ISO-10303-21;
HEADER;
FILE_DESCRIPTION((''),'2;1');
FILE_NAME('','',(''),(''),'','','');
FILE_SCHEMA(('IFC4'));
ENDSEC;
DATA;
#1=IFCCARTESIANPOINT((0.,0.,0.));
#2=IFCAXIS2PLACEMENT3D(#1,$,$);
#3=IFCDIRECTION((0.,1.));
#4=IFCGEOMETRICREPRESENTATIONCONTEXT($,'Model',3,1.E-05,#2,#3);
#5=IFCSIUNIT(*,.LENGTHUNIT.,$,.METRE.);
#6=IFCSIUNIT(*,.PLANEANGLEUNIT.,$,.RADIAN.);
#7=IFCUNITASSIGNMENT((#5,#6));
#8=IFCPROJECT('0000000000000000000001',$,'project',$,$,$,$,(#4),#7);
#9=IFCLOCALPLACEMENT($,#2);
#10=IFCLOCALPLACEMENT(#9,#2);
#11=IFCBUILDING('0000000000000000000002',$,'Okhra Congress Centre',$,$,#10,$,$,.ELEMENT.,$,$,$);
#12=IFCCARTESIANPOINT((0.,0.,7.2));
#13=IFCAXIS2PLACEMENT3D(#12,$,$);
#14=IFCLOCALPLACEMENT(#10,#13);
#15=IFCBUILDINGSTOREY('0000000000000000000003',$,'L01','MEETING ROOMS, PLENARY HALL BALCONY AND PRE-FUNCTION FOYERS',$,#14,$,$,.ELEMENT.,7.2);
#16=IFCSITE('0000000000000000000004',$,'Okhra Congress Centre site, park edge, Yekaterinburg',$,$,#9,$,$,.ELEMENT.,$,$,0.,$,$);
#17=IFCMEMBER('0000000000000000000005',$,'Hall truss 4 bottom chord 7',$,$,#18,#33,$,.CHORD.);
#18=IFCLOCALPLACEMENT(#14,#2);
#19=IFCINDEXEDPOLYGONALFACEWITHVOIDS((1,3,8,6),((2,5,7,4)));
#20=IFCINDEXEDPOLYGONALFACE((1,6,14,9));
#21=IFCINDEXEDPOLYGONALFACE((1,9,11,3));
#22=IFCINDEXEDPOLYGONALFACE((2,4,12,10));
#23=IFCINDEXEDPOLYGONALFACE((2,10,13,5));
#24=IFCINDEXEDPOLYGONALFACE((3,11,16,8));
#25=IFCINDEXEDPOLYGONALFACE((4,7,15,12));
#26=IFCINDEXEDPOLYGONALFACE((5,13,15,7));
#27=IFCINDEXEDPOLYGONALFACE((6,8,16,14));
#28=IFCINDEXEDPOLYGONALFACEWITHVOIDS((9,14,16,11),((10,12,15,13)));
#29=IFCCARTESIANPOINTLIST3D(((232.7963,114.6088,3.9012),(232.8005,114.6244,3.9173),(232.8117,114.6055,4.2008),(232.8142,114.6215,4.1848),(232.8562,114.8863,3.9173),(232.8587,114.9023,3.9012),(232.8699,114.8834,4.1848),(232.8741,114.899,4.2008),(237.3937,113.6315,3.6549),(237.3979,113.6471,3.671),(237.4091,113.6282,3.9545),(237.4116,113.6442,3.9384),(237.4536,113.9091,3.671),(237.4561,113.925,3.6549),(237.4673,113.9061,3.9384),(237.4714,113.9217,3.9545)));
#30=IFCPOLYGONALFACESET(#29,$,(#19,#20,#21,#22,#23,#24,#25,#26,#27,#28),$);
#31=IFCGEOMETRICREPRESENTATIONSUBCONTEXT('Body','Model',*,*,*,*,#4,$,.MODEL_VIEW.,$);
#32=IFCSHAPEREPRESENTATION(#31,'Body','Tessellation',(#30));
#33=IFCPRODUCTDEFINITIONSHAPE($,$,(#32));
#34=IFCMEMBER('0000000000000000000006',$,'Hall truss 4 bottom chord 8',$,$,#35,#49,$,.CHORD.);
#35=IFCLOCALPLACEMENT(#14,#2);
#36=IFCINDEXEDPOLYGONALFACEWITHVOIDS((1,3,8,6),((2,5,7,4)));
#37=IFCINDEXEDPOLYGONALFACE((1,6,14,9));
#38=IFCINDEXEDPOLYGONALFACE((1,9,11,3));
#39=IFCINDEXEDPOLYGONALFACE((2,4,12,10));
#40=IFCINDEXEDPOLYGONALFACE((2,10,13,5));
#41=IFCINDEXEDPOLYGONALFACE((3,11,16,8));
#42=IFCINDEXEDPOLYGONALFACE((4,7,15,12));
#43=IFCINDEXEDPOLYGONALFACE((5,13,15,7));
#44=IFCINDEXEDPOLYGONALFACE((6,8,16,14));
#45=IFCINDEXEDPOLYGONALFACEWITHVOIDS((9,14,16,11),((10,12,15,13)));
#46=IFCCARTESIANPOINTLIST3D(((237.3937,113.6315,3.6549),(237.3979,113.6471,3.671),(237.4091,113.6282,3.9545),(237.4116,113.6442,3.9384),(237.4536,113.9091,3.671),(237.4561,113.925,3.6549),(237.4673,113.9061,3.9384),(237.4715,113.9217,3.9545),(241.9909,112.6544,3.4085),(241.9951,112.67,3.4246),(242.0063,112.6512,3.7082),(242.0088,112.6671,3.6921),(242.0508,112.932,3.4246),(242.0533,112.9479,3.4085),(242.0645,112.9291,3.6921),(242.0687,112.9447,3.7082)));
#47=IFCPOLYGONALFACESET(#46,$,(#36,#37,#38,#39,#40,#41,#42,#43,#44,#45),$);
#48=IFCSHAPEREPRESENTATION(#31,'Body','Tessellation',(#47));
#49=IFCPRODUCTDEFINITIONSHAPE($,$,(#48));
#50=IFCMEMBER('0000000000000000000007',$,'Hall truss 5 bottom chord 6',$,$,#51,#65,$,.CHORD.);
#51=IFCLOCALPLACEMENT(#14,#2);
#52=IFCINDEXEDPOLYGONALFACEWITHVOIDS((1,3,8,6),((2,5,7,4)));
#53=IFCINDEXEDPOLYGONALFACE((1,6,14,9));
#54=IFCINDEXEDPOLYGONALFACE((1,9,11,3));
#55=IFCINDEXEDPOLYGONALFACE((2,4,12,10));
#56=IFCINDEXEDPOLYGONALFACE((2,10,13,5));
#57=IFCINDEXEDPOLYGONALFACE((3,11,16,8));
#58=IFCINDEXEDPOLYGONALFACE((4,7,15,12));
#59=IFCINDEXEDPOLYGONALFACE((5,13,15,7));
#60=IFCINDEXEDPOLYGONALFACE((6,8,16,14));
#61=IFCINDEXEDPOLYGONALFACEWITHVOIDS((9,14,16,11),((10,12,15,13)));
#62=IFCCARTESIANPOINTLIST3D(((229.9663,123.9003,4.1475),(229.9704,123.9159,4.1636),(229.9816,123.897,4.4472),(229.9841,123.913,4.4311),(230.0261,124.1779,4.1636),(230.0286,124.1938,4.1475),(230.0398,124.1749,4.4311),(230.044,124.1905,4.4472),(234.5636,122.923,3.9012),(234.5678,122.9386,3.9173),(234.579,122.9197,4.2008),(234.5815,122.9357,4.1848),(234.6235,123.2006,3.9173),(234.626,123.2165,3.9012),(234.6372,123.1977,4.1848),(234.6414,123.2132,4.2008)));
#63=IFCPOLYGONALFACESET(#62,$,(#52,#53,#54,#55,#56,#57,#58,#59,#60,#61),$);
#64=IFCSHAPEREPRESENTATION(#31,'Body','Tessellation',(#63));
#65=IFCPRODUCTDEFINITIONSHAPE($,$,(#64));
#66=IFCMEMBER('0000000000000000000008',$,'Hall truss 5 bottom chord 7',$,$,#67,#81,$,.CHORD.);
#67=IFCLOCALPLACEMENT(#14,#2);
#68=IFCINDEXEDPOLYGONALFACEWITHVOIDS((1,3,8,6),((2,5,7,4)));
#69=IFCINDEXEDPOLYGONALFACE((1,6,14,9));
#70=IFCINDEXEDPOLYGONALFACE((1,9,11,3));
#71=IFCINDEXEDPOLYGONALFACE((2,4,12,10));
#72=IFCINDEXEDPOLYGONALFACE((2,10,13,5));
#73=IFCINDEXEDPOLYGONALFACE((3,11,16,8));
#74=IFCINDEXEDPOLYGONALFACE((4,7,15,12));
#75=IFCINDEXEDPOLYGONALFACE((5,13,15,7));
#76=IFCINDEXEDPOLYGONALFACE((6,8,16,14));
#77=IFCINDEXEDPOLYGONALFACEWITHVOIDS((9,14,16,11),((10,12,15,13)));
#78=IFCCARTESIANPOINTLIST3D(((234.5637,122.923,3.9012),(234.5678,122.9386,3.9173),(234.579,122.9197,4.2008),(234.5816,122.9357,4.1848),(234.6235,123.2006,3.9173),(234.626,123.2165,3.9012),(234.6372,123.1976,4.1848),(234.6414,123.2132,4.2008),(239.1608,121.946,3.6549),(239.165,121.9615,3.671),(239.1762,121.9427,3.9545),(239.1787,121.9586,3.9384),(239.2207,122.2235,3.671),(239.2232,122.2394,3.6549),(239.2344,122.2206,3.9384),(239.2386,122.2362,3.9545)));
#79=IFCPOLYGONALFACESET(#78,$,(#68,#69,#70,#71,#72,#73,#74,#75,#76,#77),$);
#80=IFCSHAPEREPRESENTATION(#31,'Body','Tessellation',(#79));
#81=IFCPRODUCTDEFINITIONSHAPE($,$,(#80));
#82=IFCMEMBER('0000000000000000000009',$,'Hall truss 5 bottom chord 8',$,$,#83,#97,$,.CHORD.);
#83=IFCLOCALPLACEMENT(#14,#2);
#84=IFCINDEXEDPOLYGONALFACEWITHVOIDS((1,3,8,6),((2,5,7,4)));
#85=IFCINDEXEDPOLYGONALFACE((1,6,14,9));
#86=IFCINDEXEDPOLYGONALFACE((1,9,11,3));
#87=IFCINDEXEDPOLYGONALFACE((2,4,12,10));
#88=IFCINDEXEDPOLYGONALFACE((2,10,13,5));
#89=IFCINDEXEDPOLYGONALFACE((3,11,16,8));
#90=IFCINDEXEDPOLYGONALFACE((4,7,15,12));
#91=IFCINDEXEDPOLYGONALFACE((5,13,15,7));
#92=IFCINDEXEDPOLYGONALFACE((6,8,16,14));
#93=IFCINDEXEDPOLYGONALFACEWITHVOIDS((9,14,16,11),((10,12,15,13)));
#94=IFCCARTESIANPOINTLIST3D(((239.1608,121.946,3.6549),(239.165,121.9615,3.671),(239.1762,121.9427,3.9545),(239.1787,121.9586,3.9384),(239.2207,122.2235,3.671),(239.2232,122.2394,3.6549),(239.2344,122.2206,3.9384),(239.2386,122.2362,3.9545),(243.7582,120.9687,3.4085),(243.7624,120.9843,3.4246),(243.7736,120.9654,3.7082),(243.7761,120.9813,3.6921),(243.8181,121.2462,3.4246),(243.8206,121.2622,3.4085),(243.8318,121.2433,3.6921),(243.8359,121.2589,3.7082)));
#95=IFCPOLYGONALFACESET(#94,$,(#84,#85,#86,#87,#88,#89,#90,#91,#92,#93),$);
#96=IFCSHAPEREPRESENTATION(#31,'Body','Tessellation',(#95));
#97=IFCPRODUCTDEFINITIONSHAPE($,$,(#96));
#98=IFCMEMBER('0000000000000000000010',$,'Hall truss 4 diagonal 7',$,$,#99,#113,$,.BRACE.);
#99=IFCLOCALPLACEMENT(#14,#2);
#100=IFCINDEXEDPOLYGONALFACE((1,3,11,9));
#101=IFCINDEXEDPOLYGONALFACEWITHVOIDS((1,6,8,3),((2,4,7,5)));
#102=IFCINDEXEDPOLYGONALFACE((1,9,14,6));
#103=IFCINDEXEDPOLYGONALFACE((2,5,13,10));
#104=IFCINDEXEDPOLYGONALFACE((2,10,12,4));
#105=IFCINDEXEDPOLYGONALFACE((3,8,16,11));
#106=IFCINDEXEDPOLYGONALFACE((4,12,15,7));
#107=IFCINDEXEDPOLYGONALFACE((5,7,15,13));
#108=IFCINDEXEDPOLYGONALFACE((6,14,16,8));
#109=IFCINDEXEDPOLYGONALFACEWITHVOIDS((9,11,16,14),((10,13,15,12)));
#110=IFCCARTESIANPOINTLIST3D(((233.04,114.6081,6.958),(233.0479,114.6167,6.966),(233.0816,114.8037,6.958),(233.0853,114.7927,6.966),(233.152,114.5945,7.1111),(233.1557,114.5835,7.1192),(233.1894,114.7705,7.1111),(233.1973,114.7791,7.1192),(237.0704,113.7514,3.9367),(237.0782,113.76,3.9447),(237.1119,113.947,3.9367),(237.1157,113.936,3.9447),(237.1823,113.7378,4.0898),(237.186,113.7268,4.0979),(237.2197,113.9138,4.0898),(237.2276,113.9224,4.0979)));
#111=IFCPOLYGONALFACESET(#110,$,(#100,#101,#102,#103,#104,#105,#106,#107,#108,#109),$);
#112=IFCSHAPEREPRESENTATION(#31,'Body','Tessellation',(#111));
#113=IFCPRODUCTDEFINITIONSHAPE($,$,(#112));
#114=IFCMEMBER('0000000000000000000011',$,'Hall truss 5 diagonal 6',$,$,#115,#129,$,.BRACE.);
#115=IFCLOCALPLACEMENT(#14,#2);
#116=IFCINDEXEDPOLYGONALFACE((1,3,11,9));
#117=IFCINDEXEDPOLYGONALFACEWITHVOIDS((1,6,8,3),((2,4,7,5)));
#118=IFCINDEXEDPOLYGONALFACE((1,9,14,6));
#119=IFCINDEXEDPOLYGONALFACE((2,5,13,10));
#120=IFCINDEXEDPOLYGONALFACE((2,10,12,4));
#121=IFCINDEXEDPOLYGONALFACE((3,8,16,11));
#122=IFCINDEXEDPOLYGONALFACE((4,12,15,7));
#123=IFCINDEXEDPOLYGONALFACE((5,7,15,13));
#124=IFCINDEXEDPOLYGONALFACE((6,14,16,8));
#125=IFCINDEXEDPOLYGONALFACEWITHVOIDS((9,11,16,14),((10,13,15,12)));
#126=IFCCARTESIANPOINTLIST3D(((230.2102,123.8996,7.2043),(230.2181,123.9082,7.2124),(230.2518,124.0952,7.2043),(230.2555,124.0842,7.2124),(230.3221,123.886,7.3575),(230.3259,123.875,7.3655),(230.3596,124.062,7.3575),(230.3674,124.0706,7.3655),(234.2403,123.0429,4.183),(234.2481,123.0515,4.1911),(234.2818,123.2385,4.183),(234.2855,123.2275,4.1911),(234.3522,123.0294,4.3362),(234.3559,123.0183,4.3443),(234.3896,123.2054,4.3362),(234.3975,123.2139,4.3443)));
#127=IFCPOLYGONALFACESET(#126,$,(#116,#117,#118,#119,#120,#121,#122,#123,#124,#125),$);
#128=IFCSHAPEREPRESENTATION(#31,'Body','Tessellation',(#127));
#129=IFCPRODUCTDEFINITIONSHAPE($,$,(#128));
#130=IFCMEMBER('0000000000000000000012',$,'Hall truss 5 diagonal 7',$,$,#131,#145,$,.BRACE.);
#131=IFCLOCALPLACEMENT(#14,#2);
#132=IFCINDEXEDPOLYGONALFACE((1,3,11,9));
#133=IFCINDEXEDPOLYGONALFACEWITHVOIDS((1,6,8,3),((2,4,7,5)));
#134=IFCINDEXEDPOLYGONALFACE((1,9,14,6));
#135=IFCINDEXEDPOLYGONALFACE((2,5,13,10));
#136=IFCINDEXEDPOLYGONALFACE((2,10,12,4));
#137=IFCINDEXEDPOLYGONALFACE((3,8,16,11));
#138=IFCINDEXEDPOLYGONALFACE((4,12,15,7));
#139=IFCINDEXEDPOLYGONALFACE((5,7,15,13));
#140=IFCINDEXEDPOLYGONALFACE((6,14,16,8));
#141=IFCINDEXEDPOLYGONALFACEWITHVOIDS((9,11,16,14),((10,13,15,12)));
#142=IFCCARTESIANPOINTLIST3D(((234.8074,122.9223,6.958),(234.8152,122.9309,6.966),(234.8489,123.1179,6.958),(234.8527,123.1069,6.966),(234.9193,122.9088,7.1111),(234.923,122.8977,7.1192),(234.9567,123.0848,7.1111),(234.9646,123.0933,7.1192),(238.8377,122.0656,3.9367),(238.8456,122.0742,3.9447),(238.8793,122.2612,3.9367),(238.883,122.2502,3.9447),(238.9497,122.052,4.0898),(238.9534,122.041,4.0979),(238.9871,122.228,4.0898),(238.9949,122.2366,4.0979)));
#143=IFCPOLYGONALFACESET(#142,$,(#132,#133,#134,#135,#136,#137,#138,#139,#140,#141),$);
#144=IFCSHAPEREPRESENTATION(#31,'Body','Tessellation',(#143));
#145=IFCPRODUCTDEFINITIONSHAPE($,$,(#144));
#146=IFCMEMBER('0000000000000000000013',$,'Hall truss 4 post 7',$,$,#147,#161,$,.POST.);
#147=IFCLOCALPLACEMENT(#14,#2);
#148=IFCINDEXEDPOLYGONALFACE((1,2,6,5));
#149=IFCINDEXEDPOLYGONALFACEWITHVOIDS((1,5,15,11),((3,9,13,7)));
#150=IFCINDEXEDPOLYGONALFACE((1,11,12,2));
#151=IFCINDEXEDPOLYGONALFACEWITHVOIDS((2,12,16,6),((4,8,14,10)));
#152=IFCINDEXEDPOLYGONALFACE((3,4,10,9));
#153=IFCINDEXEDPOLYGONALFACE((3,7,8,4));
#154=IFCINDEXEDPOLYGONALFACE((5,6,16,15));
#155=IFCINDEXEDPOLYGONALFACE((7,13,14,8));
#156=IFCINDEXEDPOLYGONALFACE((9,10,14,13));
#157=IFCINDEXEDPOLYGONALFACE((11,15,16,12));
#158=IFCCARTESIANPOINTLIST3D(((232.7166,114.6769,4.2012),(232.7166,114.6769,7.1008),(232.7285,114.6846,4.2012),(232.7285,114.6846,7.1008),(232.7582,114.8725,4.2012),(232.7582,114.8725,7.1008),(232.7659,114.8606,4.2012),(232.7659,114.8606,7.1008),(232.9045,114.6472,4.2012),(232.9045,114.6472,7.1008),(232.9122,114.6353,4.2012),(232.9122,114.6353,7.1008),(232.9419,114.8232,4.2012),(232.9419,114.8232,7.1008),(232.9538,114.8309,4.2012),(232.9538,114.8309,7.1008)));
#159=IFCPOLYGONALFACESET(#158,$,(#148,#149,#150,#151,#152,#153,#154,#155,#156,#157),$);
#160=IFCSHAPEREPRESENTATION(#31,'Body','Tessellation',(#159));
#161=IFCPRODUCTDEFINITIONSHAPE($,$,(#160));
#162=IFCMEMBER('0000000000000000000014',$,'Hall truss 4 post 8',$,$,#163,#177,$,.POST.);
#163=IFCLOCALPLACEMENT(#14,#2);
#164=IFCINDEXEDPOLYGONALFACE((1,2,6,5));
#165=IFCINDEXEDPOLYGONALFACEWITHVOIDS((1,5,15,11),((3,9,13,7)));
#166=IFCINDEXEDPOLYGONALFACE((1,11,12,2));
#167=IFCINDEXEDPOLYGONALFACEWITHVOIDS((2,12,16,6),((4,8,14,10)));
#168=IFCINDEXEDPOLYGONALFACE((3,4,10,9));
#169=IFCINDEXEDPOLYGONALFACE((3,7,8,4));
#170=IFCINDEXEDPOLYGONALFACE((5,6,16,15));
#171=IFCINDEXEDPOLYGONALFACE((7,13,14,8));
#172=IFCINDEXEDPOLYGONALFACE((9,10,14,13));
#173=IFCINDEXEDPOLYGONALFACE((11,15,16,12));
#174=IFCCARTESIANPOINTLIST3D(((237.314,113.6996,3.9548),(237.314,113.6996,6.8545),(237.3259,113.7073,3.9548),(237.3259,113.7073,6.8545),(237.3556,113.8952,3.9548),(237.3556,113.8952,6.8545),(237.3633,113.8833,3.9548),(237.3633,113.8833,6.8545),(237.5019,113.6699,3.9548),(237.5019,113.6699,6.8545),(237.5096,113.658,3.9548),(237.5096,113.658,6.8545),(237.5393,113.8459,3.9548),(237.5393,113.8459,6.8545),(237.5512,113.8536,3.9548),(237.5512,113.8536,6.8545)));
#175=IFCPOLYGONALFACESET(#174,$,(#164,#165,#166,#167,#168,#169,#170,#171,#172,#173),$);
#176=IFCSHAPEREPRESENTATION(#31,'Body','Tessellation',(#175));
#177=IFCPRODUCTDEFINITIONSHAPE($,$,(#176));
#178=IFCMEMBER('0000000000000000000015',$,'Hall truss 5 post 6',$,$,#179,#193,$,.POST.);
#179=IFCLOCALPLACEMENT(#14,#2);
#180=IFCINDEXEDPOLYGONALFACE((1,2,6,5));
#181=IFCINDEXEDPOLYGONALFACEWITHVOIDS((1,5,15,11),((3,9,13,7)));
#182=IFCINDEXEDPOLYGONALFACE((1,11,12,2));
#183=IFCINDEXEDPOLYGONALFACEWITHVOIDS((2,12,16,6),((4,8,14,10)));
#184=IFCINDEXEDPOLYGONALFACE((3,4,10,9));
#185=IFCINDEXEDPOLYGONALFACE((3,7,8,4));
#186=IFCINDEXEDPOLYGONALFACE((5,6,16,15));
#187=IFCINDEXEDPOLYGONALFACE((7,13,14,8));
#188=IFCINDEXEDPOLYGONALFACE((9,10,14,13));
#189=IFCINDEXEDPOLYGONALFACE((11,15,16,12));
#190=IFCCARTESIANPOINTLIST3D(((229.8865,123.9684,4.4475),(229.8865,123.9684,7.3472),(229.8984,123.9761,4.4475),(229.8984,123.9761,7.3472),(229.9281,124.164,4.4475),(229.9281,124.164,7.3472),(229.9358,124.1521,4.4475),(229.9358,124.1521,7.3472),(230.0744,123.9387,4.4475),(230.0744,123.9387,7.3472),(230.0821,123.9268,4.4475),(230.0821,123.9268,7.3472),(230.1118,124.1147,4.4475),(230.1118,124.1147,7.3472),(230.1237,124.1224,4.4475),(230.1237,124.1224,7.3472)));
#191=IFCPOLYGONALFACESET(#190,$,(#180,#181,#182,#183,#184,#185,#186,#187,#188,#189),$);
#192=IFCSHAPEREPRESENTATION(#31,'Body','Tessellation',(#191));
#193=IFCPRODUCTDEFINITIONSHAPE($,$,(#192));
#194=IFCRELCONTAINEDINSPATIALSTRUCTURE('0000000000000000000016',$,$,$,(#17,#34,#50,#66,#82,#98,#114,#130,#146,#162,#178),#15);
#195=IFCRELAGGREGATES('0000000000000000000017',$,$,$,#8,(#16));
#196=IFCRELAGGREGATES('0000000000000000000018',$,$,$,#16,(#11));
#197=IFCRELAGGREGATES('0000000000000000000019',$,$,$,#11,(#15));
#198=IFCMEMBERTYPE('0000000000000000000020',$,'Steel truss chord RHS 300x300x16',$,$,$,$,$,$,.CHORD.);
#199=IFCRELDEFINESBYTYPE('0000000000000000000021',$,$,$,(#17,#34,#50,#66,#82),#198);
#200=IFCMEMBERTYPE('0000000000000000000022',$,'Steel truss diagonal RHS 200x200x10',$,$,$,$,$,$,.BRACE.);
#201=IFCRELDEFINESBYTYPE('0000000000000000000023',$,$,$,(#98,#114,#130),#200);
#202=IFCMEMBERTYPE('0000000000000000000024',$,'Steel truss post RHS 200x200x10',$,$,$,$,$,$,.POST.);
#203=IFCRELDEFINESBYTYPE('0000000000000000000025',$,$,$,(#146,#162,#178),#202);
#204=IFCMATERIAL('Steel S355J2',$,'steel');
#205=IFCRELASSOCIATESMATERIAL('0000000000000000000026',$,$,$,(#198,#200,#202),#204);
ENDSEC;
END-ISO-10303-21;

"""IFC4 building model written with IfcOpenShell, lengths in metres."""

from ifc_helpers import new_model, si_unit, direction, frame, origin, origin_2d, place, context, subcontext, project, spatial, hollow_rectangle, extrude, material, material_profile, profile_set, type_object, element, save


model = new_model("IFC4")

# Units and contexts
model_context = context("Model", 3, precision=1e-05, world=origin(), true_north=direction((0.0, 1.0)))
body_context = subcontext(model_context, "Body", "Model", "MODEL_VIEW")
ifc_project = project(units=[si_unit("LENGTHUNIT", "METRE"), si_unit("PLANEANGLEUNIT", "RADIAN")], contexts=[model_context])

# Site, building, storey
site_placement = place(None, origin())
site = spatial("IfcSite", under=ifc_project, at=site_placement, Name="Okhra Congress Centre site, park edge, Yekaterinburg", CompositionType="ELEMENT", RefElevation=0.0)
building_placement = place(site_placement, origin())
building = spatial("IfcBuilding", under=site, at=building_placement, Name="Okhra Congress Centre", CompositionType="ELEMENT")
storey_placement = place(building_placement, frame((0.0, 0.0, 7.2)))
storey = spatial("IfcBuildingStorey", under=building, at=storey_placement, Name="L01", Description="MEETING ROOMS, PLENARY HALL BALCONY AND PRE-FUNCTION FOYERS", CompositionType="ELEMENT", Elevation=7.2)

# Members
ifc_material = material(Name="Steel S355J2", Category="steel")
ifc_material_profile_1 = material_profile(ifc_material, hollow_rectangle(XDim=0.3, YDim=0.3, WallThickness=0.0161, at=origin_2d()), Name="RHS 300x300x16")
ifc_profile_set_1 = profile_set([ifc_material_profile_1], Name="Steel S355J2")
member_type_1 = type_object("IfcMemberType", Name="Steel truss chord RHS 300x300x16", PredefinedType="CHORD", material=ifc_profile_set_1)
member_1_placement = place(storey_placement, frame((232.8352, 114.7539, 4.051), z_axis=(0.976803, -0.207644, -0.052339), x_axis=(0.207929, 0.978144, 0.0)))
element("IfcMember", 1, at=member_1_placement, inside=storey, type_object=member_type_1, Name="Hall truss 4 bottom chord 7", PredefinedType="CHORD", context=body_context, shape_type="SweptSolid", body=[
    extrude(hollow_rectangle(XDim=0.3, YDim=0.3, WallThickness=0.0161, at=origin_2d()), origin(), (0.0, 0.0, 1.0), 4.7065),
])
member_2_placement = place(storey_placement, frame((237.4326, 113.7766, 3.8047), z_axis=(0.976811, -0.207605, -0.052342), x_axis=(0.20789, 0.978152, 0.0)))
element("IfcMember", 2, at=member_2_placement, inside=storey, type_object=member_type_1, Name="Hall truss 4 bottom chord 8", PredefinedType="CHORD", context=body_context, shape_type="SweptSolid", body=[
    extrude(hollow_rectangle(XDim=0.3, YDim=0.3, WallThickness=0.0161, at=origin_2d()), origin(), (0.0, 0.0, 1.0), 4.7063),
])
member_3_placement = place(storey_placement, frame((230.0051, 124.0454, 4.2974), z_axis=(0.976803, -0.207644, -0.052339), x_axis=(0.207929, 0.978144, 0.0)))
element("IfcMember", 3, at=member_3_placement, inside=storey, type_object=member_type_1, Name="Hall truss 5 bottom chord 6", PredefinedType="CHORD", context=body_context, shape_type="SweptSolid", body=[
    extrude(hollow_rectangle(XDim=0.3, YDim=0.3, WallThickness=0.0161, at=origin_2d()), origin(), (0.0, 0.0, 1.0), 4.7065),
])
member_4_placement = place(storey_placement, frame((234.6025, 123.0681, 4.051), z_axis=(0.976811, -0.207605, -0.052342), x_axis=(0.20789, 0.978152, 0.0)))
element("IfcMember", 4, at=member_4_placement, inside=storey, type_object=member_type_1, Name="Hall truss 5 bottom chord 7", PredefinedType="CHORD", context=body_context, shape_type="SweptSolid", body=[
    extrude(hollow_rectangle(XDim=0.3, YDim=0.3, WallThickness=0.0161, at=origin_2d()), origin(), (0.0, 0.0, 1.0), 4.7063),
])
member_5_placement = place(storey_placement, frame((239.1997, 122.0911, 3.8047), z_axis=(0.976803, -0.207644, -0.052339), x_axis=(0.207929, 0.978144, 0.0)))
element("IfcMember", 5, at=member_5_placement, inside=storey, type_object=member_type_1, Name="Hall truss 5 bottom chord 8", PredefinedType="CHORD", context=body_context, shape_type="SweptSolid", body=[
    extrude(hollow_rectangle(XDim=0.3, YDim=0.3, WallThickness=0.0161, at=origin_2d()), origin(), (0.0, 0.0, 1.0), 4.7065),
])
ifc_material_profile_2 = material_profile(ifc_material, hollow_rectangle(XDim=0.2, YDim=0.2, WallThickness=0.01, at=origin_2d()), Name="RHS 200x200x10 diagonal")
ifc_profile_set_2 = profile_set([ifc_material_profile_2], Name="Steel S355J2")
member_type_2 = type_object("IfcMemberType", Name="Steel truss diagonal RHS 200x200x10", PredefinedType="BRACE", material=ifc_profile_set_2)
member_6_placement = place(storey_placement, frame((233.1187, 114.6936, 7.0386), z_axis=(0.788812, -0.167673, -0.591322), x_axis=(0.207918, 0.978146, 0.0)))
element("IfcMember", 6, at=member_6_placement, inside=storey, type_object=member_type_2, Name="Hall truss 4 diagonal 7", PredefinedType="BRACE", context=body_context, shape_type="SweptSolid", body=[
    extrude(hollow_rectangle(XDim=0.2, YDim=0.2, WallThickness=0.01, at=origin_2d()), origin(), (0.0, 0.0, 1.0), 5.1094),
])
member_7_placement = place(storey_placement, frame((230.2888, 123.9851, 7.2849), z_axis=(0.788794, -0.167679, -0.591344), x_axis=(0.20793, 0.978144, 0.0)))
element("IfcMember", 7, at=member_7_placement, inside=storey, type_object=member_type_2, Name="Hall truss 5 diagonal 6", PredefinedType="BRACE", context=body_context, shape_type="SweptSolid", body=[
    extrude(hollow_rectangle(XDim=0.2, YDim=0.2, WallThickness=0.01, at=origin_2d()), origin(), (0.0, 0.0, 1.0), 5.1091),
])
member_8_placement = place(storey_placement, frame((234.886, 123.0078, 7.0386), z_axis=(0.788812, -0.167673, -0.591322), x_axis=(0.207918, 0.978146, 0.0)))
element("IfcMember", 8, at=member_8_placement, inside=storey, type_object=member_type_2, Name="Hall truss 5 diagonal 7", PredefinedType="BRACE", context=body_context, shape_type="SweptSolid", body=[
    extrude(hollow_rectangle(XDim=0.2, YDim=0.2, WallThickness=0.01, at=origin_2d()), origin(), (0.0, 0.0, 1.0), 5.1094),
])
ifc_material_profile_3 = material_profile(ifc_material, hollow_rectangle(XDim=0.2, YDim=0.2, WallThickness=0.01, at=origin_2d()), Name="RHS 200x200x10")
ifc_profile_set_3 = profile_set([ifc_material_profile_3], Name="Steel S355J2")
member_type_3 = type_object("IfcMemberType", Name="Steel truss post RHS 200x200x10", PredefinedType="POST", material=ifc_profile_set_3)
for number, where, z_axis, x_axis, name in (
    (9, (232.8352, 114.7539, 4.2012), (0.0, 0.0, 1.0), (0.978148, -0.207912, 0.0), "Hall truss 4 post 7"),
    (10, (237.4326, 113.7766, 3.9548), (0.0, 0.0, 1.0), (0.978148, -0.207912, 0.0), "Hall truss 4 post 8"),
    (11, (230.0051, 124.0454, 4.4475), (0.0, 0.0, 1.0), (0.978148, -0.207912, 0.0), "Hall truss 5 post 6"),
):
    element("IfcMember", number, at=place(storey_placement, frame(where, z_axis=z_axis, x_axis=x_axis)), inside=storey, type_object=member_type_3, Name=name, PredefinedType="POST", context=body_context, shape_type="SweptSolid", body=[
        extrude(hollow_rectangle(XDim=0.2, YDim=0.2, WallThickness=0.01, at=origin_2d()), origin(), (0.0, 0.0, 1.0), 2.8997),
    ])

save(model, "model.ifc")
